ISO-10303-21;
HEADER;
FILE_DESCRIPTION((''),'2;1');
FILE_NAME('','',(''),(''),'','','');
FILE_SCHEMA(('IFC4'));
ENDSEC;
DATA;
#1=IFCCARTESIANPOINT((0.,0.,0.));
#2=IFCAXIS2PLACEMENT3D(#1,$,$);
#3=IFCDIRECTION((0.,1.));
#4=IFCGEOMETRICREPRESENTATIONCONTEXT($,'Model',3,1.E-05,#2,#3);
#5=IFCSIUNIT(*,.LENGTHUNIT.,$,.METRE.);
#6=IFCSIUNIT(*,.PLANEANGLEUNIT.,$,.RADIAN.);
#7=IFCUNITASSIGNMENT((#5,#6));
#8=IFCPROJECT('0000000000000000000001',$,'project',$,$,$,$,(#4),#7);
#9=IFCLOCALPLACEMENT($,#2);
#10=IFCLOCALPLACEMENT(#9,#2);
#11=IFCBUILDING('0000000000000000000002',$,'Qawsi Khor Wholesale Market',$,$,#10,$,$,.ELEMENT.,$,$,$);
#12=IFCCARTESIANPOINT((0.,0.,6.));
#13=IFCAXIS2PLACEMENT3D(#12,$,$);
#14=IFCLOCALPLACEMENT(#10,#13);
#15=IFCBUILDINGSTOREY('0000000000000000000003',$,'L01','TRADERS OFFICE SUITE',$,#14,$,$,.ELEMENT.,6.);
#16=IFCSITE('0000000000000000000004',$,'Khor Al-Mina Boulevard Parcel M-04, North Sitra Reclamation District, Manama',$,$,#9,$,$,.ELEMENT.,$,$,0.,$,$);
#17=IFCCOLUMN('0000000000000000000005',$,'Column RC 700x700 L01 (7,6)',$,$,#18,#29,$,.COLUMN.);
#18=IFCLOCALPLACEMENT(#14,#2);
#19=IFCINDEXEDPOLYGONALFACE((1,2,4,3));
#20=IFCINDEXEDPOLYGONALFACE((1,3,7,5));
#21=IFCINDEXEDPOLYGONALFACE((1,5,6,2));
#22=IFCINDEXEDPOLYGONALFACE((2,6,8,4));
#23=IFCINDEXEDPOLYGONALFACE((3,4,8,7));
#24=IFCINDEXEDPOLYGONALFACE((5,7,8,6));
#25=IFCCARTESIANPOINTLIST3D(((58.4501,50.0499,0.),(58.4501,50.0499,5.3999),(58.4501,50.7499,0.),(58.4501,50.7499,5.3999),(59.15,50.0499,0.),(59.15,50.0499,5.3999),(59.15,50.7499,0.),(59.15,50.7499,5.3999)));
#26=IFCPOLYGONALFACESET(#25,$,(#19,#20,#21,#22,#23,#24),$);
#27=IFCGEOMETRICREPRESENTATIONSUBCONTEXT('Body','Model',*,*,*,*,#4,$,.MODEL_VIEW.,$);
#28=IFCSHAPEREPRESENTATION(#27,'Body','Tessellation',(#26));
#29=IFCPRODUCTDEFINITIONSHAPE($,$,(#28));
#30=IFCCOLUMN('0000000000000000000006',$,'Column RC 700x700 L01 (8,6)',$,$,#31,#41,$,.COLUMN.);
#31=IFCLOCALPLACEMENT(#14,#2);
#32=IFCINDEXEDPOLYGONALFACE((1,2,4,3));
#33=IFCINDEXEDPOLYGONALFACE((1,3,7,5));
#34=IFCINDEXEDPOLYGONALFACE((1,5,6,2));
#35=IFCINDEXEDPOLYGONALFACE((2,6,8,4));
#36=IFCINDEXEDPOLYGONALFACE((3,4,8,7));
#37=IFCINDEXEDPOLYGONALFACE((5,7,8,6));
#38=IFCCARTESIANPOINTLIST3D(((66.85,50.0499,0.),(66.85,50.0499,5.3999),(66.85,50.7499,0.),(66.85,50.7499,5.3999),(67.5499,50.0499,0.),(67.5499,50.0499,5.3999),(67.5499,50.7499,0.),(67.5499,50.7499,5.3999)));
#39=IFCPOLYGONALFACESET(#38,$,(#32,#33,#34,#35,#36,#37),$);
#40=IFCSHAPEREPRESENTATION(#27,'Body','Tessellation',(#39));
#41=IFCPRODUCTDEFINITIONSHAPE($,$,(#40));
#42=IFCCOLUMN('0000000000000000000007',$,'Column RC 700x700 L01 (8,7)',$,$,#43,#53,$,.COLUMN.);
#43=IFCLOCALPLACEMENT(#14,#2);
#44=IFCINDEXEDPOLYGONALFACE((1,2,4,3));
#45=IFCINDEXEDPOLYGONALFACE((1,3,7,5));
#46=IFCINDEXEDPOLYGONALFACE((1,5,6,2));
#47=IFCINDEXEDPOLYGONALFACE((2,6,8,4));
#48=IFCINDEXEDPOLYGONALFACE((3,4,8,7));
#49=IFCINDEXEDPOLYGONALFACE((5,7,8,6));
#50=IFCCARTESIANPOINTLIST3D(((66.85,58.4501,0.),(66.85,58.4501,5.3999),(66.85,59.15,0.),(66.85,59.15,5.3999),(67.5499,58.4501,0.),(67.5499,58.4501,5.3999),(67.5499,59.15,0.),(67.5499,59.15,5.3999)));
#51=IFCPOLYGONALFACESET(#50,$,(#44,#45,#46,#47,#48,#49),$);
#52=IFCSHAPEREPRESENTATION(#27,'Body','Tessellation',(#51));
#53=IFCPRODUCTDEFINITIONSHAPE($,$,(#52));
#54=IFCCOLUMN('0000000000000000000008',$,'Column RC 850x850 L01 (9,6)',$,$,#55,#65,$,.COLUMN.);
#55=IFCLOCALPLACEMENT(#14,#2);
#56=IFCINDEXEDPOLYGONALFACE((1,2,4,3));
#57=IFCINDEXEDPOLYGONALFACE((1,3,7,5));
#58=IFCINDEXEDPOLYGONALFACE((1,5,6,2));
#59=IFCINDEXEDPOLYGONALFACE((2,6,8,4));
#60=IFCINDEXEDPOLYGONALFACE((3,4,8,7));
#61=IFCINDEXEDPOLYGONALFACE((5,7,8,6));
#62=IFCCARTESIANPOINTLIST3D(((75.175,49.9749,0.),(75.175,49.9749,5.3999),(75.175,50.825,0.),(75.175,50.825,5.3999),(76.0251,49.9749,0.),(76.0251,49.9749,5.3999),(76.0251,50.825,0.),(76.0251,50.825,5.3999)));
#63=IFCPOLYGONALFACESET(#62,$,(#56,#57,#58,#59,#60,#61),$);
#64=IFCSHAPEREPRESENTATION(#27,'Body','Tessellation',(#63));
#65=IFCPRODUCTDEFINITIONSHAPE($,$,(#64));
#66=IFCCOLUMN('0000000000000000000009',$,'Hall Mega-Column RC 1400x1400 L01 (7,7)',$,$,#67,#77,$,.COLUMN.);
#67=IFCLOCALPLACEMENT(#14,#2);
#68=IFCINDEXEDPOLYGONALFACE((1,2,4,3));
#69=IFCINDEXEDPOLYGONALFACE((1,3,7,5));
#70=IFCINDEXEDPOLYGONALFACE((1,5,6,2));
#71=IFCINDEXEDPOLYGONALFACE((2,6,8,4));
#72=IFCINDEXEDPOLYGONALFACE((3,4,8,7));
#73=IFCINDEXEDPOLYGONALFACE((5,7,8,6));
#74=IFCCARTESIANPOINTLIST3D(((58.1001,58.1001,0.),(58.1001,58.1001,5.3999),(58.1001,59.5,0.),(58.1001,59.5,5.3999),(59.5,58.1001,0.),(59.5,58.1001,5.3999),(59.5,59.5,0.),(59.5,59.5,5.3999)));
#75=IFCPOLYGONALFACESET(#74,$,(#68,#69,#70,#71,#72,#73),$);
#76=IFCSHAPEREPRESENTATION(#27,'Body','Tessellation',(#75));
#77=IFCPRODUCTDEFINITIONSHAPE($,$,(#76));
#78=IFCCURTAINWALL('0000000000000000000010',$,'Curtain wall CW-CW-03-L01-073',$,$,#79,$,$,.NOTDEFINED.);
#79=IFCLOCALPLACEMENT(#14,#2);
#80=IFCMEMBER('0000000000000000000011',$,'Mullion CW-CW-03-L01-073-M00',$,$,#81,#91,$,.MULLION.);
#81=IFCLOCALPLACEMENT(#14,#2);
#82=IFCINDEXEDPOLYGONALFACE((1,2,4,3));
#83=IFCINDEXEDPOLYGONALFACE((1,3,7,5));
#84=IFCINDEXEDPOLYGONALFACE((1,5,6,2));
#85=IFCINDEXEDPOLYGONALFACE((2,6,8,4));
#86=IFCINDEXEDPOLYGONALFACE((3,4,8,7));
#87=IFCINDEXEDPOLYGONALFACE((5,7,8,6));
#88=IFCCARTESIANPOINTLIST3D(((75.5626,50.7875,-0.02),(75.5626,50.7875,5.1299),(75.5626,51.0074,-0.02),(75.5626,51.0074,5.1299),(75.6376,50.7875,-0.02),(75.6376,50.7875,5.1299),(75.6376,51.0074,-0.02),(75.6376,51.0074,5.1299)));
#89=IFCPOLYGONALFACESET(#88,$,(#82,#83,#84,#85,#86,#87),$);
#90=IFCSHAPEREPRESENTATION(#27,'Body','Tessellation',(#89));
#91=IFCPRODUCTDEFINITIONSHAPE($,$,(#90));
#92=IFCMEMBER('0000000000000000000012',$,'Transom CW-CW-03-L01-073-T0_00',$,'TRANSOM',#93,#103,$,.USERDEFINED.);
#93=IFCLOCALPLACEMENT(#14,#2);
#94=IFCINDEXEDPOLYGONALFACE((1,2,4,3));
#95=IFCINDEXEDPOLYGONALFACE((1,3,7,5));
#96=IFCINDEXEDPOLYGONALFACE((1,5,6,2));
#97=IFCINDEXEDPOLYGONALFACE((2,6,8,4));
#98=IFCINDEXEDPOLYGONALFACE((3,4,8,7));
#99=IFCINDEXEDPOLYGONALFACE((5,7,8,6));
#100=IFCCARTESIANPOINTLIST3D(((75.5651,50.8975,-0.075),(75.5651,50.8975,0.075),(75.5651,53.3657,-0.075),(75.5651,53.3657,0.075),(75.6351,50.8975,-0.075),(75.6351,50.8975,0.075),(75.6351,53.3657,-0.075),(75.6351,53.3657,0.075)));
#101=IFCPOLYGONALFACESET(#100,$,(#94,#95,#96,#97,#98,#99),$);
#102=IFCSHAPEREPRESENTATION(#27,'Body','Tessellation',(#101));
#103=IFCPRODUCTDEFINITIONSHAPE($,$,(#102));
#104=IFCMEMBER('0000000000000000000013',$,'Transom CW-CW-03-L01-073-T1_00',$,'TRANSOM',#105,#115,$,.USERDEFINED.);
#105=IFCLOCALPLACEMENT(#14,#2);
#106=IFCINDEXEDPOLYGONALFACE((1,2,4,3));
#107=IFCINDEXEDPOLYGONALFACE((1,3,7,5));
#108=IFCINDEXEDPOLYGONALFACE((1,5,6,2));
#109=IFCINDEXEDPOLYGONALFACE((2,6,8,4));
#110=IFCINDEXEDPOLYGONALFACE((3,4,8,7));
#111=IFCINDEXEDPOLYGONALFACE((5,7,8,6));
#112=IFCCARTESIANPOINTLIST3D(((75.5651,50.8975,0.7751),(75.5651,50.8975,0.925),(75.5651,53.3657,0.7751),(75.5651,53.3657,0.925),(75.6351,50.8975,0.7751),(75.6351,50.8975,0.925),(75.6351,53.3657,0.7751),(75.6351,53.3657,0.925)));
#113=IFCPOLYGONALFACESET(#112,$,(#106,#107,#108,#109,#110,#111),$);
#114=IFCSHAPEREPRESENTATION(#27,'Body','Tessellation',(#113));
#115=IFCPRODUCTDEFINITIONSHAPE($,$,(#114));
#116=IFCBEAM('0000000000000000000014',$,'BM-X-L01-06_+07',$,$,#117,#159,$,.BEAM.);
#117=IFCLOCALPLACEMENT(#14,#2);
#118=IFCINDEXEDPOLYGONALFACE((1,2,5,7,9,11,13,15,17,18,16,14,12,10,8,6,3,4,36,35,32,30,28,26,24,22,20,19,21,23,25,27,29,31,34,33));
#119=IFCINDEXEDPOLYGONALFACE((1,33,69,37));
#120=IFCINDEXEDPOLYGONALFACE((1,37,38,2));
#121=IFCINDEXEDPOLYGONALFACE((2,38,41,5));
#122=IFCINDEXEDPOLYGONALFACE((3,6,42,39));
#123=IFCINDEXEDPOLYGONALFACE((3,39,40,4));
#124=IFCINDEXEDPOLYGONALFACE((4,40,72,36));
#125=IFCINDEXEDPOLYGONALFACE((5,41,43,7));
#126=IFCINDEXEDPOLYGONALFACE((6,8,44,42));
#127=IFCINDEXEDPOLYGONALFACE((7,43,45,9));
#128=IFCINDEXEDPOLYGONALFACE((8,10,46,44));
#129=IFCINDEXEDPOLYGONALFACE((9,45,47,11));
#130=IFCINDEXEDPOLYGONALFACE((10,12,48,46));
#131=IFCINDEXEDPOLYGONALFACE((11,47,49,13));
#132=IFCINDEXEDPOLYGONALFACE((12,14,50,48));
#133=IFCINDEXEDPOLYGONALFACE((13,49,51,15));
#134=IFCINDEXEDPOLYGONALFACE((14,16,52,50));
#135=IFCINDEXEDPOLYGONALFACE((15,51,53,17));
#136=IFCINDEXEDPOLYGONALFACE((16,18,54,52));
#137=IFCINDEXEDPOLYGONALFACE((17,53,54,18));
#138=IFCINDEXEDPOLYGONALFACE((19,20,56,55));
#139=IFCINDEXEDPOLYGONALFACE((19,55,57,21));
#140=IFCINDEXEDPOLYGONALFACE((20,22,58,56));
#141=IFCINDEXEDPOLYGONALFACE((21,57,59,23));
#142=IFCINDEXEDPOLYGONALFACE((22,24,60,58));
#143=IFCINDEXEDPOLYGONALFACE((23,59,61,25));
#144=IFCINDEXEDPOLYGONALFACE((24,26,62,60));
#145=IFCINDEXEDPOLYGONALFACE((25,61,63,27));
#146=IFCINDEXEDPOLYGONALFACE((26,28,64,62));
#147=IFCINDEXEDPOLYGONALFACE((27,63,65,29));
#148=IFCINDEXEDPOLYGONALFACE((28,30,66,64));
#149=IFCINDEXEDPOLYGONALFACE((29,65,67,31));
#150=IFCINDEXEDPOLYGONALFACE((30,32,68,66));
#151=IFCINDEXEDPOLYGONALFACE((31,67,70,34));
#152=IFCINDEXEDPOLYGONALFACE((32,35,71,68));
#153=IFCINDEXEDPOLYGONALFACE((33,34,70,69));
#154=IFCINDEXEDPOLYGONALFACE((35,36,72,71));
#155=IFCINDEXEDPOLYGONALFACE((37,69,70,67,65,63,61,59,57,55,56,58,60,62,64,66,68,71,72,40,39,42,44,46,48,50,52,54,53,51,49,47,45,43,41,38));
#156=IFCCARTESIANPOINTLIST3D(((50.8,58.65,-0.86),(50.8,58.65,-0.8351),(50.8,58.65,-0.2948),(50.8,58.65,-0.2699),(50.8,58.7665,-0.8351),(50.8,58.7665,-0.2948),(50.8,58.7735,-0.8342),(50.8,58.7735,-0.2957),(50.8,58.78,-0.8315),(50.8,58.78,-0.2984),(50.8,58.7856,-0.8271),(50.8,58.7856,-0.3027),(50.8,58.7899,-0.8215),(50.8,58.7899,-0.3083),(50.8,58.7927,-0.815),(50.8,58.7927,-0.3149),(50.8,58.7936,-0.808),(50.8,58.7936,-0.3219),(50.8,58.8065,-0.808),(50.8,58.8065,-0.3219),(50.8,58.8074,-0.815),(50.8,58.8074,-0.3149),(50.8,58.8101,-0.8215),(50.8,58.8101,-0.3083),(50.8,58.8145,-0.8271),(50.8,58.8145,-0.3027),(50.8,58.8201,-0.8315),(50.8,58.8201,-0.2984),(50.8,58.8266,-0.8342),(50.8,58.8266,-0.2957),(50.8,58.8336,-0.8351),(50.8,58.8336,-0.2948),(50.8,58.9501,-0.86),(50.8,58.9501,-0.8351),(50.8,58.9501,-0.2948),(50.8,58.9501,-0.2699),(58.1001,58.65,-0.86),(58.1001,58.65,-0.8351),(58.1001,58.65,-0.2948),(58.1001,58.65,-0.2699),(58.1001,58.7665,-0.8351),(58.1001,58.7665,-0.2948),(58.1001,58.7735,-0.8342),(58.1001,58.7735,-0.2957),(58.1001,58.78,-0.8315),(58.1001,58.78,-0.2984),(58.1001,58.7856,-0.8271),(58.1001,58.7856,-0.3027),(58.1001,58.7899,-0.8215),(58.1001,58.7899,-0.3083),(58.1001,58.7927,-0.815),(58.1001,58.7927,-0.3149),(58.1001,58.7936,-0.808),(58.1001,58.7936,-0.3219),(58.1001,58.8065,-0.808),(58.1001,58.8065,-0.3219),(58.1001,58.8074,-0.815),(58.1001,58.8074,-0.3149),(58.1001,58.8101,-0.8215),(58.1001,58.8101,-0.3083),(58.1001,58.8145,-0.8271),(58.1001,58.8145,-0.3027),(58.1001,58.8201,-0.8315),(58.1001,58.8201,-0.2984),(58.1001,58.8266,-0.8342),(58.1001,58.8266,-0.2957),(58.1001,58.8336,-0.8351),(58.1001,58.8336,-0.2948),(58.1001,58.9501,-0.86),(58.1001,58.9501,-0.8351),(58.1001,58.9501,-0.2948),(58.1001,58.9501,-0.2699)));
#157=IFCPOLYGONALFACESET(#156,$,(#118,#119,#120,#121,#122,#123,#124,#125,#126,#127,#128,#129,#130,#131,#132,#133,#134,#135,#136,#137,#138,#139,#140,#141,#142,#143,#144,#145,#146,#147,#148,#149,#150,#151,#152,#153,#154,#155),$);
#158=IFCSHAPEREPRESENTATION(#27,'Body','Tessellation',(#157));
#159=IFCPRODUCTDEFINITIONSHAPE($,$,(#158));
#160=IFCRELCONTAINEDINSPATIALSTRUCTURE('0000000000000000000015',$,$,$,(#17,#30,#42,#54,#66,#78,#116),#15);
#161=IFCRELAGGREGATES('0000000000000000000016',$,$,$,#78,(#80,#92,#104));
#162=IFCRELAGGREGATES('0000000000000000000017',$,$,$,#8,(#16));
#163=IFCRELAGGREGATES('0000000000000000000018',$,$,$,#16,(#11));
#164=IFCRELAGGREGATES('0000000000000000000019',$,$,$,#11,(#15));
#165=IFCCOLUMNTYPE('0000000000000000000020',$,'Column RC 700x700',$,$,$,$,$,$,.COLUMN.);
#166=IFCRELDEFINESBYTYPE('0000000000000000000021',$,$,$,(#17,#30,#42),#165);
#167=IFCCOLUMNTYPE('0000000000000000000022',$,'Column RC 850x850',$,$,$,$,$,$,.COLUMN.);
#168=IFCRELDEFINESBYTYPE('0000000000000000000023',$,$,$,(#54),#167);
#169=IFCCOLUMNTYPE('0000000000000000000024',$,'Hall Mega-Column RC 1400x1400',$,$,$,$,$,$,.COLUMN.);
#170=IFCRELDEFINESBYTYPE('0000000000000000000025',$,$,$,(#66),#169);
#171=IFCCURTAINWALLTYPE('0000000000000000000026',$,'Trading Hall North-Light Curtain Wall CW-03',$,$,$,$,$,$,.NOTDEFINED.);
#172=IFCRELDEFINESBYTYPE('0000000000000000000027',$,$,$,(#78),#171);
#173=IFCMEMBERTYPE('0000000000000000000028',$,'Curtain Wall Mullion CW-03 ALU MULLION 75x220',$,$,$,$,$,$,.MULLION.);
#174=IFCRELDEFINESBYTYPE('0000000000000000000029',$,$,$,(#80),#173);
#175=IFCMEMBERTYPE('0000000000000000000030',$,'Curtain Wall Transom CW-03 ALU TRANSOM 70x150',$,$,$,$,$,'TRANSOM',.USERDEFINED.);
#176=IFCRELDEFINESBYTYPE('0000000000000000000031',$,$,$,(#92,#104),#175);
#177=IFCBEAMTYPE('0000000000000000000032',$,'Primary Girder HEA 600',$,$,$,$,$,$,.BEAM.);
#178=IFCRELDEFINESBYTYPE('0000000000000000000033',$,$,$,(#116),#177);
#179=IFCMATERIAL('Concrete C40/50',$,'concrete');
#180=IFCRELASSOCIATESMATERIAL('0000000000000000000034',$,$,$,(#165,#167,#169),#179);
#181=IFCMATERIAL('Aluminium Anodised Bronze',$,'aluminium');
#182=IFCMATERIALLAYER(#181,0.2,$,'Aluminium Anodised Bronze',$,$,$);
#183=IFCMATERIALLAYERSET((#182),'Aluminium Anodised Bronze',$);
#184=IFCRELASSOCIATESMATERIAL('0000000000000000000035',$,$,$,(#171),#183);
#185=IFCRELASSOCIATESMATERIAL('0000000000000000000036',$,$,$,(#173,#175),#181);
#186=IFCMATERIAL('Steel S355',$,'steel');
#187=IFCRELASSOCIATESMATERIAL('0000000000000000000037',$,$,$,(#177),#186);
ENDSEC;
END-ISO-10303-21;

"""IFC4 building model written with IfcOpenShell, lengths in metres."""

from ifc_helpers import new_model, si_unit, direction, frame, origin, origin_2d, place, context, subcontext, project, spatial, rectangle, i_section, extrude, material, layer, layer_set, material_profile, profile_set, type_object, element, aggregate, save


model = new_model("IFC4")

# Units and contexts
model_context = context("Model", 3, precision=1e-05, world=origin(), true_north=direction((0.0, 1.0)))
body_context = subcontext(model_context, "Body", "Model", "MODEL_VIEW")
ifc_project = project(units=[si_unit("LENGTHUNIT", "METRE"), si_unit("PLANEANGLEUNIT", "RADIAN")], contexts=[model_context])

# Site, building, storey
site_placement = place(None, origin())
site = spatial("IfcSite", under=ifc_project, at=site_placement, Name="Khor Al-Mina Boulevard Parcel M-04, North Sitra Reclamation District, Manama", CompositionType="ELEMENT", RefElevation=0.0)
building_placement = place(site_placement, origin())
building = spatial("IfcBuilding", under=site, at=building_placement, Name="Qawsi Khor Wholesale Market", CompositionType="ELEMENT")
storey_placement = place(building_placement, frame((0.0, 0.0, 6.0)))
storey = spatial("IfcBuildingStorey", under=building, at=storey_placement, Name="L01", Description="TRADERS OFFICE SUITE", CompositionType="ELEMENT", Elevation=6.0)

# Columns
ifc_material_1 = material(Name="Concrete C40/50", Category="concrete")
ifc_material_profile_1 = material_profile(ifc_material_1, rectangle(XDim=0.7, YDim=0.7, at=origin_2d()), Name="RC 700x700")
ifc_profile_set_1 = profile_set([ifc_material_profile_1], Name="Concrete C40/50")
column_type_1 = type_object("IfcColumnType", Name="Column RC 700x700", PredefinedType="COLUMN", material=ifc_profile_set_1)
for number, where, z_axis, x_axis, name in (
    (1, (58.8, 50.3999, 0.0), (0.0, 0.0, 1.0), (1.0, 0.0, 0.0), "Column RC 700x700 L01 (7,6)"),
    (2, (67.2, 50.3999, 0.0), (0.0, 0.0, 1.0), (1.0, 0.0, 0.0), "Column RC 700x700 L01 (8,6)"),
    (3, (67.2, 58.8, 0.0), (0.0, 0.0, 1.0), (1.0, 0.0, 0.0), "Column RC 700x700 L01 (8,7)"),
):
    element("IfcColumn", number, at=place(storey_placement, frame(where, z_axis=z_axis, x_axis=x_axis)), inside=storey, type_object=column_type_1, Name=name, PredefinedType="COLUMN", context=body_context, shape_type="SweptSolid", body=[
        extrude(rectangle(XDim=0.7, YDim=0.7, at=origin_2d()), origin(), (0.0, 0.0, 1.0), 5.3999),
    ])
ifc_material_profile_2 = material_profile(ifc_material_1, rectangle(XDim=0.8501, YDim=0.8501, at=origin_2d()), Name="RC 850x850")
ifc_profile_set_2 = profile_set([ifc_material_profile_2], Name="Concrete C40/50")
column_type_2 = type_object("IfcColumnType", Name="Column RC 850x850", PredefinedType="COLUMN", material=ifc_profile_set_2)
column_1_placement = place(storey_placement, frame((75.6001, 50.3999, 0.0), z_axis=(0.0, 0.0, 1.0), x_axis=(1.0, 0.0, 0.0)))
element("IfcColumn", 4, at=column_1_placement, inside=storey, type_object=column_type_2, Name="Column RC 850x850 L01 (9,6)", PredefinedType="COLUMN", context=body_context, shape_type="SweptSolid", body=[
    extrude(rectangle(XDim=0.8501, YDim=0.8501, at=origin_2d()), origin(), (0.0, 0.0, 1.0), 5.3999),
])
ifc_material_profile_3 = material_profile(ifc_material_1, rectangle(XDim=1.3999, YDim=1.3999, at=origin_2d()), Name="RC 1400x1400")
ifc_profile_set_3 = profile_set([ifc_material_profile_3], Name="Concrete C40/50")
column_type_3 = type_object("IfcColumnType", Name="Hall Mega-Column RC 1400x1400", PredefinedType="COLUMN", material=ifc_profile_set_3)
column_2_placement = place(storey_placement, frame((58.8, 58.8, 0.0), z_axis=(0.0, 0.0, 1.0), x_axis=(1.0, 0.0, 0.0)))
element("IfcColumn", 5, at=column_2_placement, inside=storey, type_object=column_type_3, Name="Hall Mega-Column RC 1400x1400 L01 (7,7)", PredefinedType="COLUMN", context=body_context, shape_type="SweptSolid", body=[
    extrude(rectangle(XDim=1.3999, YDim=1.3999, at=origin_2d()), origin(), (0.0, 0.0, 1.0), 5.3999),
])

# Curtain wall, members
ifc_material_2 = material(Name="Aluminium Anodised Bronze", Category="aluminium")
ifc_layer_1 = layer(ifc_material_2, 0.2, Name="Aluminium Anodised Bronze")
ifc_layer_set_1 = layer_set([ifc_layer_1], Name="Aluminium Anodised Bronze")
curtain_wall_type = type_object("IfcCurtainWallType", Name="Trading Hall North-Light Curtain Wall CW-03", PredefinedType="NOTDEFINED", material=ifc_layer_set_1)
curtain_wall_placement = place(storey_placement, origin())
curtain_wall = element("IfcCurtainWall", 6, at=curtain_wall_placement, inside=storey, type_object=curtain_wall_type, Name="Curtain wall CW-CW-03-L01-073", PredefinedType="NOTDEFINED")
ifc_material_profile_4 = material_profile(ifc_material_2, rectangle(XDim=0.075, YDim=0.22, at=origin_2d()), Name="ALU MULLION 75x220")
ifc_profile_set_4 = profile_set([ifc_material_profile_4], Name="Aluminium Anodised Bronze")
member_type_1 = type_object("IfcMemberType", Name="Curtain Wall Mullion CW-03 ALU MULLION 75x220", PredefinedType="MULLION", material=ifc_profile_set_4)
member_1_placement = place(storey_placement, frame((75.6001, 50.8975, -0.02), z_axis=(0.0, 0.0, 1.0), x_axis=(1.0, 0.0, 0.0)))
member_1 = element("IfcMember", 7, at=member_1_placement, type_object=member_type_1, Name="Mullion CW-CW-03-L01-073-M00", PredefinedType="MULLION", context=body_context, shape_type="SweptSolid", body=[
    extrude(rectangle(XDim=0.075, YDim=0.22, at=origin_2d()), origin(), (0.0, 0.0, 1.0), 5.1499),
])
ifc_material_profile_5 = material_profile(ifc_material_2, rectangle(XDim=0.0701, YDim=0.1499, at=origin_2d()), Name="ALU TRANSOM 70x150")
ifc_profile_set_5 = profile_set([ifc_material_profile_5], Name="Aluminium Anodised Bronze")
member_type_2 = type_object("IfcMemberType", Name="Curtain Wall Transom CW-03 ALU TRANSOM 70x150", ElementType="TRANSOM", PredefinedType="USERDEFINED", material=ifc_profile_set_5)
member_2_placement = place(storey_placement, frame((75.6001, 50.8975, 0.0), z_axis=(0.0, 1.0, 0.0), x_axis=(-1.0, 0.0, 0.0)))
member_2 = element("IfcMember", 8, at=member_2_placement, type_object=member_type_2, Name="Transom CW-CW-03-L01-073-T0_00", ObjectType="TRANSOM", PredefinedType="USERDEFINED", context=body_context, shape_type="SweptSolid", body=[
    extrude(rectangle(XDim=0.0701, YDim=0.1499, at=origin_2d()), origin(), (0.0, 0.0, 1.0), 2.4683),
])
member_3_placement = place(storey_placement, frame((75.6001, 50.8975, 0.8501), z_axis=(0.0, 1.0, 0.0), x_axis=(-1.0, 0.0, 0.0)))
member_3 = element("IfcMember", 9, at=member_3_placement, type_object=member_type_2, Name="Transom CW-CW-03-L01-073-T1_00", ObjectType="TRANSOM", PredefinedType="USERDEFINED", context=body_context, shape_type="SweptSolid", body=[
    extrude(rectangle(XDim=0.0701, YDim=0.1499, at=origin_2d()), origin(), (0.0, 0.0, 1.0), 2.4683),
])
aggregate(curtain_wall, [member_1, member_2, member_3])

# Beam
ifc_material_3 = material(Name="Steel S355", Category="steel")
ifc_material_profile_6 = material_profile(ifc_material_3, i_section(OverallWidth=0.3, OverallDepth=0.5901, WebThickness=0.0129, FlangeThickness=0.0249, FilletRadius=0.0271, at=origin_2d()), Name="HEA 600")
ifc_profile_set_6 = profile_set([ifc_material_profile_6], Name="Steel S355")
beam_type_1 = type_object("IfcBeamType", Name="Primary Girder HEA 600", PredefinedType="BEAM", material=ifc_profile_set_6)
beam_1_placement = place(storey_placement, frame((50.8, 58.8, -0.5649), z_axis=(1.0, 0.0, 0.0), x_axis=(0.0, 1.0, 0.0)))
element("IfcBeam", 10, at=beam_1_placement, inside=storey, type_object=beam_type_1, Name="BM-X-L01-06_+07", PredefinedType="BEAM", context=body_context, shape_type="SweptSolid", body=[
    extrude(i_section(OverallWidth=0.3, OverallDepth=0.5901, WebThickness=0.0129, FlangeThickness=0.0249, FilletRadius=0.0271, at=origin_2d()), origin(), (0.0, 0.0, 1.0), 7.3),
])

save(model, "model.ifc")
